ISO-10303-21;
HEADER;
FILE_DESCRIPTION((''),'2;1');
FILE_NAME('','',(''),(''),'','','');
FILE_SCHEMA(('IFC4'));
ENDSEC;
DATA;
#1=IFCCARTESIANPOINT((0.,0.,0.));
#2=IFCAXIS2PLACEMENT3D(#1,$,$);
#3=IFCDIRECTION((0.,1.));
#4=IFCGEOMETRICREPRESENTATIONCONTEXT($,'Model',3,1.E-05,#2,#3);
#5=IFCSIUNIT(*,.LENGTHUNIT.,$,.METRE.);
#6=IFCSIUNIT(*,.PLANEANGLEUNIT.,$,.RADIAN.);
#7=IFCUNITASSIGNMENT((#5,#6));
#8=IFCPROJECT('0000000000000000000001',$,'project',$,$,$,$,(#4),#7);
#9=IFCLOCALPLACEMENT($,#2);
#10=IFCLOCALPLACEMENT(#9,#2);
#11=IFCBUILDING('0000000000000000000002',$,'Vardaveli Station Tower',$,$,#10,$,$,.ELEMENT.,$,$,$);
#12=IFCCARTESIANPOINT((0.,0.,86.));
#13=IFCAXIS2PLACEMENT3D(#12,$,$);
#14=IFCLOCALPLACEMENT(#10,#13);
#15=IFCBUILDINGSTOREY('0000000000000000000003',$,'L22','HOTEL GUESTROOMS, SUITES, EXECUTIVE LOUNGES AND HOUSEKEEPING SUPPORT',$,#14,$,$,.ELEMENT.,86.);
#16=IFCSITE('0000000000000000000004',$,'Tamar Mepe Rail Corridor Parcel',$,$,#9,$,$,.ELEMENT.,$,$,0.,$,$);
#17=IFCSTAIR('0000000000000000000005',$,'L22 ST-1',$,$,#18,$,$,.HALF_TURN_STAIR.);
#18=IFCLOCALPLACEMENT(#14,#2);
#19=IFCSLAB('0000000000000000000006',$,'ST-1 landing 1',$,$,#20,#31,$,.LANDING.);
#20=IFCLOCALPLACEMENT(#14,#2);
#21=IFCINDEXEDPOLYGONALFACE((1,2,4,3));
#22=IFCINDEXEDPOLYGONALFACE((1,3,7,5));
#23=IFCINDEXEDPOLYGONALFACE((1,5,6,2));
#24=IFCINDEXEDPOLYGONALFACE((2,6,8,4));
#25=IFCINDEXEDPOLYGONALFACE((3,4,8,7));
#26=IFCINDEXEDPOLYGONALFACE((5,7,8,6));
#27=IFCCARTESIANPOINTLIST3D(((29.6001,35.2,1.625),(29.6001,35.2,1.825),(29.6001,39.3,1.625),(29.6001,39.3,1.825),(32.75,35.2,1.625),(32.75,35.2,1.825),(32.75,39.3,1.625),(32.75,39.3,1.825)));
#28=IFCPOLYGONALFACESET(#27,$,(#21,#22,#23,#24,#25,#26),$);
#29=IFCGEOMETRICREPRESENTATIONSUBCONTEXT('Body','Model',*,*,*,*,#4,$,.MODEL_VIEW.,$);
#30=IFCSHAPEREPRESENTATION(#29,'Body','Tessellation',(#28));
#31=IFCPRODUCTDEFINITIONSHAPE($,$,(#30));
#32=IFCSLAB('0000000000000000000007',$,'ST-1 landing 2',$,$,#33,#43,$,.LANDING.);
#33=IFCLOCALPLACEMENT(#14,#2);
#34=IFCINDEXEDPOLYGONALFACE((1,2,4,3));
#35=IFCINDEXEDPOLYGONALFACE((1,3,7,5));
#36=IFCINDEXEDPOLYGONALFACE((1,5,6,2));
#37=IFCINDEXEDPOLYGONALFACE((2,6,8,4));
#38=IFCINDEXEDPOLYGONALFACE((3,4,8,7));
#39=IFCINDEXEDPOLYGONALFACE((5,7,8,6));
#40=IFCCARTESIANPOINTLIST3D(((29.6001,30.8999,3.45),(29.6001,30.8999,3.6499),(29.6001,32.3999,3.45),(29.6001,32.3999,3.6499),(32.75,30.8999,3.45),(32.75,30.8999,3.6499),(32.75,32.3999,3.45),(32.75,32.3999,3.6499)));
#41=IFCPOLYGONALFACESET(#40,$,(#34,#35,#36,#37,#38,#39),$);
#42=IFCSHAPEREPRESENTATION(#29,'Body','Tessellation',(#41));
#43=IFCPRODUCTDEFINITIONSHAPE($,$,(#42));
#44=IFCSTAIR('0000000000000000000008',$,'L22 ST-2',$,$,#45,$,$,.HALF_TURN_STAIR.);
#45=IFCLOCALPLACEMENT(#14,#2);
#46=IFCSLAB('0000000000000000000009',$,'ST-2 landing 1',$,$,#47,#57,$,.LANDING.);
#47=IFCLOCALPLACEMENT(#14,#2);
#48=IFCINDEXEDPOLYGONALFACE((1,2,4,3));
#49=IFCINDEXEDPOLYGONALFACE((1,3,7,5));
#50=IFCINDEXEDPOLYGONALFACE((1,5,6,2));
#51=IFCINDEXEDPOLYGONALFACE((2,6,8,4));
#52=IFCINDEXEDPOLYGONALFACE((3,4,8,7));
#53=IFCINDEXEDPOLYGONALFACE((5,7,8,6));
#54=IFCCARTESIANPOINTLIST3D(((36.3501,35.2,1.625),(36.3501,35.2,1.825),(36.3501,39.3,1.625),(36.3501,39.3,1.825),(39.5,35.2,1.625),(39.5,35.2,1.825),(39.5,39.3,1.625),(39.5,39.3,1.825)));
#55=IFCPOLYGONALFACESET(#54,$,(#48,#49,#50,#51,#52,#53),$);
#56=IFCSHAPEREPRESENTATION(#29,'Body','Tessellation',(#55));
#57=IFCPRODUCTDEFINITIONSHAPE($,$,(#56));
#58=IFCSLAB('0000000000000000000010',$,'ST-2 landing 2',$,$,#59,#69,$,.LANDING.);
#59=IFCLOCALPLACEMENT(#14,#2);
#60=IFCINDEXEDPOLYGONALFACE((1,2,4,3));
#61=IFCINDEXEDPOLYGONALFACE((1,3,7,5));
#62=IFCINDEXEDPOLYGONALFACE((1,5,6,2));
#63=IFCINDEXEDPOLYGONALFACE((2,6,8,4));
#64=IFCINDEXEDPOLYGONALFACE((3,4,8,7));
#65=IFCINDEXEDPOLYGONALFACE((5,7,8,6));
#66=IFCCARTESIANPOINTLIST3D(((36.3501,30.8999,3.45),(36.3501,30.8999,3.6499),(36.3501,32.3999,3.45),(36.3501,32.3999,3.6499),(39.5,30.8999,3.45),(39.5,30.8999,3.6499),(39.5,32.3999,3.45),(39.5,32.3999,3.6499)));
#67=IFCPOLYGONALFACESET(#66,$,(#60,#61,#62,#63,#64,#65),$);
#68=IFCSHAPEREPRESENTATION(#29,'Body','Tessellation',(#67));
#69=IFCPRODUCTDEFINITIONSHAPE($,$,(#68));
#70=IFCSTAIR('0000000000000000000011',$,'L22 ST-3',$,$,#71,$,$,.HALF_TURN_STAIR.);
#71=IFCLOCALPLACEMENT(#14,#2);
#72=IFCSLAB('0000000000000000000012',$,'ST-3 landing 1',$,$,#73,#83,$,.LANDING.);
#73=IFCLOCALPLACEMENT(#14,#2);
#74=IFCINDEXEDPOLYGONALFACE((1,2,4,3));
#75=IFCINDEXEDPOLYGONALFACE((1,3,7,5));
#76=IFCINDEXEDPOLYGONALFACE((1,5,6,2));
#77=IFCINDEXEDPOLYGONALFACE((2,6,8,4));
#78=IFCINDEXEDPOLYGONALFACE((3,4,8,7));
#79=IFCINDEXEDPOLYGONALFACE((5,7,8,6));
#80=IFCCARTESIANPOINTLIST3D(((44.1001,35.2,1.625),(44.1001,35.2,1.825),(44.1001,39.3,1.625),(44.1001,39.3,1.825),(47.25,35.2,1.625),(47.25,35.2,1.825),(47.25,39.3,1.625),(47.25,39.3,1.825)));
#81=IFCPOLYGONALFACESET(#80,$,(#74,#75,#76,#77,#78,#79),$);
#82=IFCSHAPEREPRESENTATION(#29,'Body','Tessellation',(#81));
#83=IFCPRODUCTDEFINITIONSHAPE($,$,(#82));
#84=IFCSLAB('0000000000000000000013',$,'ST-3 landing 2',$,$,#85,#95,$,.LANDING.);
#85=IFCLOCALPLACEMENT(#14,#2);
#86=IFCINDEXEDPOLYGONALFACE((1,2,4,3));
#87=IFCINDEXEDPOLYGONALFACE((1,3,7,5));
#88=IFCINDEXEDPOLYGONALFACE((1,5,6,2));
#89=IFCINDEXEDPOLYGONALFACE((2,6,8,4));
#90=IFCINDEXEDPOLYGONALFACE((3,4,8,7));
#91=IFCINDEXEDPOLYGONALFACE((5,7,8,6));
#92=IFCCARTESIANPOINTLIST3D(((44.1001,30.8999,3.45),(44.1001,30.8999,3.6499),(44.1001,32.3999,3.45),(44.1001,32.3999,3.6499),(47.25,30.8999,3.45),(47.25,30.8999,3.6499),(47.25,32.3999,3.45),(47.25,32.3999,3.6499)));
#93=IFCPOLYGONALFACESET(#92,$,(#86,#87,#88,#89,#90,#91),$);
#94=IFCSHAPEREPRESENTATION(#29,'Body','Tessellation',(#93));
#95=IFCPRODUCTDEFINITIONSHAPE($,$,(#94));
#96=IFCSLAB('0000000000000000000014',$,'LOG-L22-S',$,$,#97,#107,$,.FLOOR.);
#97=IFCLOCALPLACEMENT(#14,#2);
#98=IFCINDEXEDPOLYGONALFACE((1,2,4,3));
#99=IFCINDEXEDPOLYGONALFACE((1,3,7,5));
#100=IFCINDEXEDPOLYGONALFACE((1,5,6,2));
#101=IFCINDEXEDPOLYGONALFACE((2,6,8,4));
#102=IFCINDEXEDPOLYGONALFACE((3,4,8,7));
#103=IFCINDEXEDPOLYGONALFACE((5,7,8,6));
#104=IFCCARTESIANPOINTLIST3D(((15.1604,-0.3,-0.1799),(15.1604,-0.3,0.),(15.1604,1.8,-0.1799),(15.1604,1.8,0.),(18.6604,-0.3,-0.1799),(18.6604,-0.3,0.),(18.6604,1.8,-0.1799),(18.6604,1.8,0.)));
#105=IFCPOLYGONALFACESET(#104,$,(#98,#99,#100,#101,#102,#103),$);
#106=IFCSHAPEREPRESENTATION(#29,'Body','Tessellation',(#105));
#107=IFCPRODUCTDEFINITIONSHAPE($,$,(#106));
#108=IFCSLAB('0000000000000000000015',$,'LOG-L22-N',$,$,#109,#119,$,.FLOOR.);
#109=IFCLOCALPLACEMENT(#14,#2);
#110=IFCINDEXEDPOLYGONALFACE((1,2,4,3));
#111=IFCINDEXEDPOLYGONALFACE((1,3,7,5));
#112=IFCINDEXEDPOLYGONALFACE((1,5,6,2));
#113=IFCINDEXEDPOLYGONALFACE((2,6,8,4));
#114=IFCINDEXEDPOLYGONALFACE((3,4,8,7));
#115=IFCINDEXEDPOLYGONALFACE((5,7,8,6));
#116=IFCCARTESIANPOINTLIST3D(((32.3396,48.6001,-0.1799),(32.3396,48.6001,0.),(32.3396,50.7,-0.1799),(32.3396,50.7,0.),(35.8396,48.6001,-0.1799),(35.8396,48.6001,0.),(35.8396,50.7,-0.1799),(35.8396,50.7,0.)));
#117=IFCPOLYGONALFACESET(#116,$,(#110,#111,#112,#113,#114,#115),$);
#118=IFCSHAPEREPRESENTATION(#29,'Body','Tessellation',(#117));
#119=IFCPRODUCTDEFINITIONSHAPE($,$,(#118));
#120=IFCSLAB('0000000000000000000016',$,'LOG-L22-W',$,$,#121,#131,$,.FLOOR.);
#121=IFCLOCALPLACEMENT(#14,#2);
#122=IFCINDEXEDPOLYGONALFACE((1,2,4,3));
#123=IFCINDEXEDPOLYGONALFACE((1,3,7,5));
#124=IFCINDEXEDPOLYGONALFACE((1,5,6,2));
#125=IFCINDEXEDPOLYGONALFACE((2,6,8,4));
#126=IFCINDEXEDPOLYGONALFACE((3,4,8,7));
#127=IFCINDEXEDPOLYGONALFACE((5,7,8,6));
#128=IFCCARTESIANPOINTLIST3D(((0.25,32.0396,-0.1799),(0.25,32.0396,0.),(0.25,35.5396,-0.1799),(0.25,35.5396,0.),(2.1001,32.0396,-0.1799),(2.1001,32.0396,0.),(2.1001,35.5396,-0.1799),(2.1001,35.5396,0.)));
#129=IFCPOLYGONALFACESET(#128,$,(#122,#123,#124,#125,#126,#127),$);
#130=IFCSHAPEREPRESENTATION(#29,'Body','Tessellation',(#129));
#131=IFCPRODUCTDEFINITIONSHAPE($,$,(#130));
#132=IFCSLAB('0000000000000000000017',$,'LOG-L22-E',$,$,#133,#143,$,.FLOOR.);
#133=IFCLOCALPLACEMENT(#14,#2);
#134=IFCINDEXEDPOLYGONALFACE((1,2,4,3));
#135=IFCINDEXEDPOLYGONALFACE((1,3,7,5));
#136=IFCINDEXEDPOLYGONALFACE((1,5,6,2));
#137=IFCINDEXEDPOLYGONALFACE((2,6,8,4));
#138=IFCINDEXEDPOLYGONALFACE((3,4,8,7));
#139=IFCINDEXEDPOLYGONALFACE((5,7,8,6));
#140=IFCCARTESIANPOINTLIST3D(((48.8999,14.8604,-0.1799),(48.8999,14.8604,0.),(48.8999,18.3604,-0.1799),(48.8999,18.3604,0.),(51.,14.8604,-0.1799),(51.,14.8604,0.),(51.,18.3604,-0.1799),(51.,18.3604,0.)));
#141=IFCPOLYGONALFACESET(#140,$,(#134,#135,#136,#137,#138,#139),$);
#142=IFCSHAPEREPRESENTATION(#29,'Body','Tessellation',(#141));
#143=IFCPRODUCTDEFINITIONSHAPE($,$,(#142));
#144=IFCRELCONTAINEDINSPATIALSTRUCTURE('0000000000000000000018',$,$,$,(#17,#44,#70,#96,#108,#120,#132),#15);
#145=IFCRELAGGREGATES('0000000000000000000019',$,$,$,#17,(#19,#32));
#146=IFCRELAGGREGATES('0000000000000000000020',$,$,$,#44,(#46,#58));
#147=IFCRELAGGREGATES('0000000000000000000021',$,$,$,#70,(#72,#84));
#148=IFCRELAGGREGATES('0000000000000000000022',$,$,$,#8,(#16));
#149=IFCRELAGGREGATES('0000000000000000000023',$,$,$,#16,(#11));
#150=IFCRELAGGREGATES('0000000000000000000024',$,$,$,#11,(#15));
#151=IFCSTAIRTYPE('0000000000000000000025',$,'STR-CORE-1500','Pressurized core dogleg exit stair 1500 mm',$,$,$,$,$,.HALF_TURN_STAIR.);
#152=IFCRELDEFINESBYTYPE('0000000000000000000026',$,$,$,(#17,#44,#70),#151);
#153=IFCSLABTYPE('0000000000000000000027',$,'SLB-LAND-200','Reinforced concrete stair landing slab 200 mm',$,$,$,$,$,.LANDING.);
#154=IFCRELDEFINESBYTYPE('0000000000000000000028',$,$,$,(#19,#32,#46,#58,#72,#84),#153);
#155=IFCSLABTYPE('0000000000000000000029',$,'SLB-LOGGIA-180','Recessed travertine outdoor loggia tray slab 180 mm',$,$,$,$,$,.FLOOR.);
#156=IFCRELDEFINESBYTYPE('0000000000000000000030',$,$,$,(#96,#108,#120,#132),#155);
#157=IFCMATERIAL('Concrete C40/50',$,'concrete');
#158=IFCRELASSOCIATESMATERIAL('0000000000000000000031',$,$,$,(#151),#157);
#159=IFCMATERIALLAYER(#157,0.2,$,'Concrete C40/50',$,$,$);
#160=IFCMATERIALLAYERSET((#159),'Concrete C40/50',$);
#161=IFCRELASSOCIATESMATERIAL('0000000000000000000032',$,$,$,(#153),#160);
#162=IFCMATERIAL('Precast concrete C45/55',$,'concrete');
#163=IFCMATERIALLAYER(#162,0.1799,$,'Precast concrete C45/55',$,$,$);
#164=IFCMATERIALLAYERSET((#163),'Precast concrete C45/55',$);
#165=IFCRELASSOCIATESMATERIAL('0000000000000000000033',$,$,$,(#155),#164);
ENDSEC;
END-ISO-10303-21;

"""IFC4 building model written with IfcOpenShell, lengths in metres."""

from ifc_helpers import new_model, si_unit, direction, frame, origin, place, context, subcontext, project, spatial, polyline, outline, extrude, material, layer, layer_set, type_object, element, aggregate, save


model = new_model("IFC4")

# Units and contexts
model_context = context("Model", 3, precision=1e-05, world=origin(), true_north=direction((0.0, 1.0)))
body_context = subcontext(model_context, "Body", "Model", "MODEL_VIEW")
ifc_project = project(units=[si_unit("LENGTHUNIT", "METRE"), si_unit("PLANEANGLEUNIT", "RADIAN")], contexts=[model_context])

# Site, building, storey
site_placement = place(None, origin())
site = spatial("IfcSite", under=ifc_project, at=site_placement, Name="Tamar Mepe Rail Corridor Parcel", CompositionType="ELEMENT", RefElevation=0.0)
building_placement = place(site_placement, origin())
building = spatial("IfcBuilding", under=site, at=building_placement, Name="Vardaveli Station Tower", CompositionType="ELEMENT")
storey_placement = place(building_placement, frame((0.0, 0.0, 86.0)))
storey = spatial("IfcBuildingStorey", under=building, at=storey_placement, Name="L22", Description="HOTEL GUESTROOMS, SUITES, EXECUTIVE LOUNGES AND HOUSEKEEPING SUPPORT", CompositionType="ELEMENT", Elevation=86.0)

# Stairs, slabs
ifc_material_1 = material(Name="Concrete C40/50", Category="concrete")
stair_type = type_object("IfcStairType", Name="STR-CORE-1500", Description="Pressurized core dogleg exit stair 1500 mm", PredefinedType="HALF_TURN_STAIR", material=ifc_material_1)
stair_1_placement = place(storey_placement, origin())
stair_1 = element("IfcStair", 1, at=stair_1_placement, inside=storey, type_object=stair_type, Name="L22 ST-1", PredefinedType="HALF_TURN_STAIR")
ifc_layer_1 = layer(ifc_material_1, 0.2, Name="Concrete C40/50")
ifc_layer_set_1 = layer_set([ifc_layer_1], Name="Concrete C40/50")
slab_type_1 = type_object("IfcSlabType", Name="SLB-LAND-200", Description="Reinforced concrete stair landing slab 200 mm", PredefinedType="LANDING", material=ifc_layer_set_1)
slab_1_placement = place(storey_placement, frame((0.0, 0.0, 1.625)))
slab_1 = element("IfcSlab", 2, at=slab_1_placement, type_object=slab_type_1, Name="ST-1 landing 1", PredefinedType="LANDING", context=body_context, shape_type="SweptSolid", body=[
    extrude(outline(polyline([(32.75, 35.2), (32.75, 39.3), (29.6001, 39.3), (29.6001, 35.2), (32.75, 35.2)])), origin(), (0.0, 0.0, 1.0), 0.2),
])
slab_2_placement = place(storey_placement, frame((0.0, 0.0, 3.45)))
slab_2 = element("IfcSlab", 3, at=slab_2_placement, type_object=slab_type_1, Name="ST-1 landing 2", PredefinedType="LANDING", context=body_context, shape_type="SweptSolid", body=[
    extrude(outline(polyline([(32.75, 30.8999), (32.75, 32.3999), (29.6001, 32.3999), (29.6001, 30.8999), (32.75, 30.8999)])), origin(), (0.0, 0.0, 1.0), 0.2),
])
aggregate(stair_1, [slab_1, slab_2])
stair_2_placement = place(storey_placement, origin())
stair_2 = element("IfcStair", 4, at=stair_2_placement, inside=storey, type_object=stair_type, Name="L22 ST-2", PredefinedType="HALF_TURN_STAIR")
slab_3_placement = place(storey_placement, frame((0.0, 0.0, 1.625)))
slab_3 = element("IfcSlab", 5, at=slab_3_placement, type_object=slab_type_1, Name="ST-2 landing 1", PredefinedType="LANDING", context=body_context, shape_type="SweptSolid", body=[
    extrude(outline(polyline([(39.5, 35.2), (39.5, 39.3), (36.3501, 39.3), (36.3501, 35.2), (39.5, 35.2)])), origin(), (0.0, 0.0, 1.0), 0.2),
])
slab_4_placement = place(storey_placement, frame((0.0, 0.0, 3.45)))
slab_4 = element("IfcSlab", 6, at=slab_4_placement, type_object=slab_type_1, Name="ST-2 landing 2", PredefinedType="LANDING", context=body_context, shape_type="SweptSolid", body=[
    extrude(outline(polyline([(39.5, 30.8999), (39.5, 32.3999), (36.3501, 32.3999), (36.3501, 30.8999), (39.5, 30.8999)])), origin(), (0.0, 0.0, 1.0), 0.2),
])
aggregate(stair_2, [slab_3, slab_4])
stair_3_placement = place(storey_placement, origin())
stair_3 = element("IfcStair", 7, at=stair_3_placement, inside=storey, type_object=stair_type, Name="L22 ST-3", PredefinedType="HALF_TURN_STAIR")
slab_5_placement = place(storey_placement, frame((0.0, 0.0, 1.625)))
slab_5 = element("IfcSlab", 8, at=slab_5_placement, type_object=slab_type_1, Name="ST-3 landing 1", PredefinedType="LANDING", context=body_context, shape_type="SweptSolid", body=[
    extrude(outline(polyline([(47.25, 35.2), (47.25, 39.3), (44.1001, 39.3), (44.1001, 35.2), (47.25, 35.2)])), origin(), (0.0, 0.0, 1.0), 0.2),
])
slab_6_placement = place(storey_placement, frame((0.0, 0.0, 3.45)))
slab_6 = element("IfcSlab", 9, at=slab_6_placement, type_object=slab_type_1, Name="ST-3 landing 2", PredefinedType="LANDING", context=body_context, shape_type="SweptSolid", body=[
    extrude(outline(polyline([(47.25, 30.8999), (47.25, 32.3999), (44.1001, 32.3999), (44.1001, 30.8999), (47.25, 30.8999)])), origin(), (0.0, 0.0, 1.0), 0.2),
])
aggregate(stair_3, [slab_5, slab_6])

# Slabs
ifc_material_2 = material(Name="Precast concrete C45/55", Category="concrete")
ifc_layer_2 = layer(ifc_material_2, 0.1799, Name="Precast concrete C45/55")
ifc_layer_set_2 = layer_set([ifc_layer_2], Name="Precast concrete C45/55")
slab_type_2 = type_object("IfcSlabType", Name="SLB-LOGGIA-180", Description="Recessed travertine outdoor loggia tray slab 180 mm", PredefinedType="FLOOR", material=ifc_layer_set_2)
slab_7_placement = place(storey_placement, frame((0.0, 0.0, -0.1799)))
element("IfcSlab", 10, at=slab_7_placement, inside=storey, type_object=slab_type_2, Name="LOG-L22-S", PredefinedType="FLOOR", context=body_context, shape_type="SweptSolid", body=[
    extrude(outline(polyline([(15.1604, -0.3), (18.6604, -0.3), (18.6604, 1.8), (15.1604, 1.8), (15.1604, -0.3)])), origin(), (0.0, 0.0, 1.0), 0.1799),
])
slab_8_placement = place(storey_placement, frame((0.0, 0.0, -0.1799)))
element("IfcSlab", 11, at=slab_8_placement, inside=storey, type_object=slab_type_2, Name="LOG-L22-N", PredefinedType="FLOOR", context=body_context, shape_type="SweptSolid", body=[
    extrude(outline(polyline([(32.3396, 48.6001), (35.8396, 48.6001), (35.8396, 50.7), (32.3396, 50.7), (32.3396, 48.6001)])), origin(), (0.0, 0.0, 1.0), 0.1799),
])
slab_9_placement = place(storey_placement, frame((0.0, 0.0, -0.1799)))
element("IfcSlab", 12, at=slab_9_placement, inside=storey, type_object=slab_type_2, Name="LOG-L22-W", PredefinedType="FLOOR", context=body_context, shape_type="SweptSolid", body=[
    extrude(outline(polyline([(0.25, 32.0396), (2.1001, 32.0396), (2.1001, 35.5396), (0.25, 35.5396), (0.25, 32.0396)])), origin(), (0.0, 0.0, 1.0), 0.1799),
])
slab_10_placement = place(storey_placement, frame((0.0, 0.0, -0.1799)))
element("IfcSlab", 13, at=slab_10_placement, inside=storey, type_object=slab_type_2, Name="LOG-L22-E", PredefinedType="FLOOR", context=body_context, shape_type="SweptSolid", body=[
    extrude(outline(polyline([(48.8999, 14.8604), (51.0, 14.8604), (51.0, 18.3604), (48.8999, 18.3604), (48.8999, 14.8604)])), origin(), (0.0, 0.0, 1.0), 0.1799),
])

save(model, "model.ifc")
